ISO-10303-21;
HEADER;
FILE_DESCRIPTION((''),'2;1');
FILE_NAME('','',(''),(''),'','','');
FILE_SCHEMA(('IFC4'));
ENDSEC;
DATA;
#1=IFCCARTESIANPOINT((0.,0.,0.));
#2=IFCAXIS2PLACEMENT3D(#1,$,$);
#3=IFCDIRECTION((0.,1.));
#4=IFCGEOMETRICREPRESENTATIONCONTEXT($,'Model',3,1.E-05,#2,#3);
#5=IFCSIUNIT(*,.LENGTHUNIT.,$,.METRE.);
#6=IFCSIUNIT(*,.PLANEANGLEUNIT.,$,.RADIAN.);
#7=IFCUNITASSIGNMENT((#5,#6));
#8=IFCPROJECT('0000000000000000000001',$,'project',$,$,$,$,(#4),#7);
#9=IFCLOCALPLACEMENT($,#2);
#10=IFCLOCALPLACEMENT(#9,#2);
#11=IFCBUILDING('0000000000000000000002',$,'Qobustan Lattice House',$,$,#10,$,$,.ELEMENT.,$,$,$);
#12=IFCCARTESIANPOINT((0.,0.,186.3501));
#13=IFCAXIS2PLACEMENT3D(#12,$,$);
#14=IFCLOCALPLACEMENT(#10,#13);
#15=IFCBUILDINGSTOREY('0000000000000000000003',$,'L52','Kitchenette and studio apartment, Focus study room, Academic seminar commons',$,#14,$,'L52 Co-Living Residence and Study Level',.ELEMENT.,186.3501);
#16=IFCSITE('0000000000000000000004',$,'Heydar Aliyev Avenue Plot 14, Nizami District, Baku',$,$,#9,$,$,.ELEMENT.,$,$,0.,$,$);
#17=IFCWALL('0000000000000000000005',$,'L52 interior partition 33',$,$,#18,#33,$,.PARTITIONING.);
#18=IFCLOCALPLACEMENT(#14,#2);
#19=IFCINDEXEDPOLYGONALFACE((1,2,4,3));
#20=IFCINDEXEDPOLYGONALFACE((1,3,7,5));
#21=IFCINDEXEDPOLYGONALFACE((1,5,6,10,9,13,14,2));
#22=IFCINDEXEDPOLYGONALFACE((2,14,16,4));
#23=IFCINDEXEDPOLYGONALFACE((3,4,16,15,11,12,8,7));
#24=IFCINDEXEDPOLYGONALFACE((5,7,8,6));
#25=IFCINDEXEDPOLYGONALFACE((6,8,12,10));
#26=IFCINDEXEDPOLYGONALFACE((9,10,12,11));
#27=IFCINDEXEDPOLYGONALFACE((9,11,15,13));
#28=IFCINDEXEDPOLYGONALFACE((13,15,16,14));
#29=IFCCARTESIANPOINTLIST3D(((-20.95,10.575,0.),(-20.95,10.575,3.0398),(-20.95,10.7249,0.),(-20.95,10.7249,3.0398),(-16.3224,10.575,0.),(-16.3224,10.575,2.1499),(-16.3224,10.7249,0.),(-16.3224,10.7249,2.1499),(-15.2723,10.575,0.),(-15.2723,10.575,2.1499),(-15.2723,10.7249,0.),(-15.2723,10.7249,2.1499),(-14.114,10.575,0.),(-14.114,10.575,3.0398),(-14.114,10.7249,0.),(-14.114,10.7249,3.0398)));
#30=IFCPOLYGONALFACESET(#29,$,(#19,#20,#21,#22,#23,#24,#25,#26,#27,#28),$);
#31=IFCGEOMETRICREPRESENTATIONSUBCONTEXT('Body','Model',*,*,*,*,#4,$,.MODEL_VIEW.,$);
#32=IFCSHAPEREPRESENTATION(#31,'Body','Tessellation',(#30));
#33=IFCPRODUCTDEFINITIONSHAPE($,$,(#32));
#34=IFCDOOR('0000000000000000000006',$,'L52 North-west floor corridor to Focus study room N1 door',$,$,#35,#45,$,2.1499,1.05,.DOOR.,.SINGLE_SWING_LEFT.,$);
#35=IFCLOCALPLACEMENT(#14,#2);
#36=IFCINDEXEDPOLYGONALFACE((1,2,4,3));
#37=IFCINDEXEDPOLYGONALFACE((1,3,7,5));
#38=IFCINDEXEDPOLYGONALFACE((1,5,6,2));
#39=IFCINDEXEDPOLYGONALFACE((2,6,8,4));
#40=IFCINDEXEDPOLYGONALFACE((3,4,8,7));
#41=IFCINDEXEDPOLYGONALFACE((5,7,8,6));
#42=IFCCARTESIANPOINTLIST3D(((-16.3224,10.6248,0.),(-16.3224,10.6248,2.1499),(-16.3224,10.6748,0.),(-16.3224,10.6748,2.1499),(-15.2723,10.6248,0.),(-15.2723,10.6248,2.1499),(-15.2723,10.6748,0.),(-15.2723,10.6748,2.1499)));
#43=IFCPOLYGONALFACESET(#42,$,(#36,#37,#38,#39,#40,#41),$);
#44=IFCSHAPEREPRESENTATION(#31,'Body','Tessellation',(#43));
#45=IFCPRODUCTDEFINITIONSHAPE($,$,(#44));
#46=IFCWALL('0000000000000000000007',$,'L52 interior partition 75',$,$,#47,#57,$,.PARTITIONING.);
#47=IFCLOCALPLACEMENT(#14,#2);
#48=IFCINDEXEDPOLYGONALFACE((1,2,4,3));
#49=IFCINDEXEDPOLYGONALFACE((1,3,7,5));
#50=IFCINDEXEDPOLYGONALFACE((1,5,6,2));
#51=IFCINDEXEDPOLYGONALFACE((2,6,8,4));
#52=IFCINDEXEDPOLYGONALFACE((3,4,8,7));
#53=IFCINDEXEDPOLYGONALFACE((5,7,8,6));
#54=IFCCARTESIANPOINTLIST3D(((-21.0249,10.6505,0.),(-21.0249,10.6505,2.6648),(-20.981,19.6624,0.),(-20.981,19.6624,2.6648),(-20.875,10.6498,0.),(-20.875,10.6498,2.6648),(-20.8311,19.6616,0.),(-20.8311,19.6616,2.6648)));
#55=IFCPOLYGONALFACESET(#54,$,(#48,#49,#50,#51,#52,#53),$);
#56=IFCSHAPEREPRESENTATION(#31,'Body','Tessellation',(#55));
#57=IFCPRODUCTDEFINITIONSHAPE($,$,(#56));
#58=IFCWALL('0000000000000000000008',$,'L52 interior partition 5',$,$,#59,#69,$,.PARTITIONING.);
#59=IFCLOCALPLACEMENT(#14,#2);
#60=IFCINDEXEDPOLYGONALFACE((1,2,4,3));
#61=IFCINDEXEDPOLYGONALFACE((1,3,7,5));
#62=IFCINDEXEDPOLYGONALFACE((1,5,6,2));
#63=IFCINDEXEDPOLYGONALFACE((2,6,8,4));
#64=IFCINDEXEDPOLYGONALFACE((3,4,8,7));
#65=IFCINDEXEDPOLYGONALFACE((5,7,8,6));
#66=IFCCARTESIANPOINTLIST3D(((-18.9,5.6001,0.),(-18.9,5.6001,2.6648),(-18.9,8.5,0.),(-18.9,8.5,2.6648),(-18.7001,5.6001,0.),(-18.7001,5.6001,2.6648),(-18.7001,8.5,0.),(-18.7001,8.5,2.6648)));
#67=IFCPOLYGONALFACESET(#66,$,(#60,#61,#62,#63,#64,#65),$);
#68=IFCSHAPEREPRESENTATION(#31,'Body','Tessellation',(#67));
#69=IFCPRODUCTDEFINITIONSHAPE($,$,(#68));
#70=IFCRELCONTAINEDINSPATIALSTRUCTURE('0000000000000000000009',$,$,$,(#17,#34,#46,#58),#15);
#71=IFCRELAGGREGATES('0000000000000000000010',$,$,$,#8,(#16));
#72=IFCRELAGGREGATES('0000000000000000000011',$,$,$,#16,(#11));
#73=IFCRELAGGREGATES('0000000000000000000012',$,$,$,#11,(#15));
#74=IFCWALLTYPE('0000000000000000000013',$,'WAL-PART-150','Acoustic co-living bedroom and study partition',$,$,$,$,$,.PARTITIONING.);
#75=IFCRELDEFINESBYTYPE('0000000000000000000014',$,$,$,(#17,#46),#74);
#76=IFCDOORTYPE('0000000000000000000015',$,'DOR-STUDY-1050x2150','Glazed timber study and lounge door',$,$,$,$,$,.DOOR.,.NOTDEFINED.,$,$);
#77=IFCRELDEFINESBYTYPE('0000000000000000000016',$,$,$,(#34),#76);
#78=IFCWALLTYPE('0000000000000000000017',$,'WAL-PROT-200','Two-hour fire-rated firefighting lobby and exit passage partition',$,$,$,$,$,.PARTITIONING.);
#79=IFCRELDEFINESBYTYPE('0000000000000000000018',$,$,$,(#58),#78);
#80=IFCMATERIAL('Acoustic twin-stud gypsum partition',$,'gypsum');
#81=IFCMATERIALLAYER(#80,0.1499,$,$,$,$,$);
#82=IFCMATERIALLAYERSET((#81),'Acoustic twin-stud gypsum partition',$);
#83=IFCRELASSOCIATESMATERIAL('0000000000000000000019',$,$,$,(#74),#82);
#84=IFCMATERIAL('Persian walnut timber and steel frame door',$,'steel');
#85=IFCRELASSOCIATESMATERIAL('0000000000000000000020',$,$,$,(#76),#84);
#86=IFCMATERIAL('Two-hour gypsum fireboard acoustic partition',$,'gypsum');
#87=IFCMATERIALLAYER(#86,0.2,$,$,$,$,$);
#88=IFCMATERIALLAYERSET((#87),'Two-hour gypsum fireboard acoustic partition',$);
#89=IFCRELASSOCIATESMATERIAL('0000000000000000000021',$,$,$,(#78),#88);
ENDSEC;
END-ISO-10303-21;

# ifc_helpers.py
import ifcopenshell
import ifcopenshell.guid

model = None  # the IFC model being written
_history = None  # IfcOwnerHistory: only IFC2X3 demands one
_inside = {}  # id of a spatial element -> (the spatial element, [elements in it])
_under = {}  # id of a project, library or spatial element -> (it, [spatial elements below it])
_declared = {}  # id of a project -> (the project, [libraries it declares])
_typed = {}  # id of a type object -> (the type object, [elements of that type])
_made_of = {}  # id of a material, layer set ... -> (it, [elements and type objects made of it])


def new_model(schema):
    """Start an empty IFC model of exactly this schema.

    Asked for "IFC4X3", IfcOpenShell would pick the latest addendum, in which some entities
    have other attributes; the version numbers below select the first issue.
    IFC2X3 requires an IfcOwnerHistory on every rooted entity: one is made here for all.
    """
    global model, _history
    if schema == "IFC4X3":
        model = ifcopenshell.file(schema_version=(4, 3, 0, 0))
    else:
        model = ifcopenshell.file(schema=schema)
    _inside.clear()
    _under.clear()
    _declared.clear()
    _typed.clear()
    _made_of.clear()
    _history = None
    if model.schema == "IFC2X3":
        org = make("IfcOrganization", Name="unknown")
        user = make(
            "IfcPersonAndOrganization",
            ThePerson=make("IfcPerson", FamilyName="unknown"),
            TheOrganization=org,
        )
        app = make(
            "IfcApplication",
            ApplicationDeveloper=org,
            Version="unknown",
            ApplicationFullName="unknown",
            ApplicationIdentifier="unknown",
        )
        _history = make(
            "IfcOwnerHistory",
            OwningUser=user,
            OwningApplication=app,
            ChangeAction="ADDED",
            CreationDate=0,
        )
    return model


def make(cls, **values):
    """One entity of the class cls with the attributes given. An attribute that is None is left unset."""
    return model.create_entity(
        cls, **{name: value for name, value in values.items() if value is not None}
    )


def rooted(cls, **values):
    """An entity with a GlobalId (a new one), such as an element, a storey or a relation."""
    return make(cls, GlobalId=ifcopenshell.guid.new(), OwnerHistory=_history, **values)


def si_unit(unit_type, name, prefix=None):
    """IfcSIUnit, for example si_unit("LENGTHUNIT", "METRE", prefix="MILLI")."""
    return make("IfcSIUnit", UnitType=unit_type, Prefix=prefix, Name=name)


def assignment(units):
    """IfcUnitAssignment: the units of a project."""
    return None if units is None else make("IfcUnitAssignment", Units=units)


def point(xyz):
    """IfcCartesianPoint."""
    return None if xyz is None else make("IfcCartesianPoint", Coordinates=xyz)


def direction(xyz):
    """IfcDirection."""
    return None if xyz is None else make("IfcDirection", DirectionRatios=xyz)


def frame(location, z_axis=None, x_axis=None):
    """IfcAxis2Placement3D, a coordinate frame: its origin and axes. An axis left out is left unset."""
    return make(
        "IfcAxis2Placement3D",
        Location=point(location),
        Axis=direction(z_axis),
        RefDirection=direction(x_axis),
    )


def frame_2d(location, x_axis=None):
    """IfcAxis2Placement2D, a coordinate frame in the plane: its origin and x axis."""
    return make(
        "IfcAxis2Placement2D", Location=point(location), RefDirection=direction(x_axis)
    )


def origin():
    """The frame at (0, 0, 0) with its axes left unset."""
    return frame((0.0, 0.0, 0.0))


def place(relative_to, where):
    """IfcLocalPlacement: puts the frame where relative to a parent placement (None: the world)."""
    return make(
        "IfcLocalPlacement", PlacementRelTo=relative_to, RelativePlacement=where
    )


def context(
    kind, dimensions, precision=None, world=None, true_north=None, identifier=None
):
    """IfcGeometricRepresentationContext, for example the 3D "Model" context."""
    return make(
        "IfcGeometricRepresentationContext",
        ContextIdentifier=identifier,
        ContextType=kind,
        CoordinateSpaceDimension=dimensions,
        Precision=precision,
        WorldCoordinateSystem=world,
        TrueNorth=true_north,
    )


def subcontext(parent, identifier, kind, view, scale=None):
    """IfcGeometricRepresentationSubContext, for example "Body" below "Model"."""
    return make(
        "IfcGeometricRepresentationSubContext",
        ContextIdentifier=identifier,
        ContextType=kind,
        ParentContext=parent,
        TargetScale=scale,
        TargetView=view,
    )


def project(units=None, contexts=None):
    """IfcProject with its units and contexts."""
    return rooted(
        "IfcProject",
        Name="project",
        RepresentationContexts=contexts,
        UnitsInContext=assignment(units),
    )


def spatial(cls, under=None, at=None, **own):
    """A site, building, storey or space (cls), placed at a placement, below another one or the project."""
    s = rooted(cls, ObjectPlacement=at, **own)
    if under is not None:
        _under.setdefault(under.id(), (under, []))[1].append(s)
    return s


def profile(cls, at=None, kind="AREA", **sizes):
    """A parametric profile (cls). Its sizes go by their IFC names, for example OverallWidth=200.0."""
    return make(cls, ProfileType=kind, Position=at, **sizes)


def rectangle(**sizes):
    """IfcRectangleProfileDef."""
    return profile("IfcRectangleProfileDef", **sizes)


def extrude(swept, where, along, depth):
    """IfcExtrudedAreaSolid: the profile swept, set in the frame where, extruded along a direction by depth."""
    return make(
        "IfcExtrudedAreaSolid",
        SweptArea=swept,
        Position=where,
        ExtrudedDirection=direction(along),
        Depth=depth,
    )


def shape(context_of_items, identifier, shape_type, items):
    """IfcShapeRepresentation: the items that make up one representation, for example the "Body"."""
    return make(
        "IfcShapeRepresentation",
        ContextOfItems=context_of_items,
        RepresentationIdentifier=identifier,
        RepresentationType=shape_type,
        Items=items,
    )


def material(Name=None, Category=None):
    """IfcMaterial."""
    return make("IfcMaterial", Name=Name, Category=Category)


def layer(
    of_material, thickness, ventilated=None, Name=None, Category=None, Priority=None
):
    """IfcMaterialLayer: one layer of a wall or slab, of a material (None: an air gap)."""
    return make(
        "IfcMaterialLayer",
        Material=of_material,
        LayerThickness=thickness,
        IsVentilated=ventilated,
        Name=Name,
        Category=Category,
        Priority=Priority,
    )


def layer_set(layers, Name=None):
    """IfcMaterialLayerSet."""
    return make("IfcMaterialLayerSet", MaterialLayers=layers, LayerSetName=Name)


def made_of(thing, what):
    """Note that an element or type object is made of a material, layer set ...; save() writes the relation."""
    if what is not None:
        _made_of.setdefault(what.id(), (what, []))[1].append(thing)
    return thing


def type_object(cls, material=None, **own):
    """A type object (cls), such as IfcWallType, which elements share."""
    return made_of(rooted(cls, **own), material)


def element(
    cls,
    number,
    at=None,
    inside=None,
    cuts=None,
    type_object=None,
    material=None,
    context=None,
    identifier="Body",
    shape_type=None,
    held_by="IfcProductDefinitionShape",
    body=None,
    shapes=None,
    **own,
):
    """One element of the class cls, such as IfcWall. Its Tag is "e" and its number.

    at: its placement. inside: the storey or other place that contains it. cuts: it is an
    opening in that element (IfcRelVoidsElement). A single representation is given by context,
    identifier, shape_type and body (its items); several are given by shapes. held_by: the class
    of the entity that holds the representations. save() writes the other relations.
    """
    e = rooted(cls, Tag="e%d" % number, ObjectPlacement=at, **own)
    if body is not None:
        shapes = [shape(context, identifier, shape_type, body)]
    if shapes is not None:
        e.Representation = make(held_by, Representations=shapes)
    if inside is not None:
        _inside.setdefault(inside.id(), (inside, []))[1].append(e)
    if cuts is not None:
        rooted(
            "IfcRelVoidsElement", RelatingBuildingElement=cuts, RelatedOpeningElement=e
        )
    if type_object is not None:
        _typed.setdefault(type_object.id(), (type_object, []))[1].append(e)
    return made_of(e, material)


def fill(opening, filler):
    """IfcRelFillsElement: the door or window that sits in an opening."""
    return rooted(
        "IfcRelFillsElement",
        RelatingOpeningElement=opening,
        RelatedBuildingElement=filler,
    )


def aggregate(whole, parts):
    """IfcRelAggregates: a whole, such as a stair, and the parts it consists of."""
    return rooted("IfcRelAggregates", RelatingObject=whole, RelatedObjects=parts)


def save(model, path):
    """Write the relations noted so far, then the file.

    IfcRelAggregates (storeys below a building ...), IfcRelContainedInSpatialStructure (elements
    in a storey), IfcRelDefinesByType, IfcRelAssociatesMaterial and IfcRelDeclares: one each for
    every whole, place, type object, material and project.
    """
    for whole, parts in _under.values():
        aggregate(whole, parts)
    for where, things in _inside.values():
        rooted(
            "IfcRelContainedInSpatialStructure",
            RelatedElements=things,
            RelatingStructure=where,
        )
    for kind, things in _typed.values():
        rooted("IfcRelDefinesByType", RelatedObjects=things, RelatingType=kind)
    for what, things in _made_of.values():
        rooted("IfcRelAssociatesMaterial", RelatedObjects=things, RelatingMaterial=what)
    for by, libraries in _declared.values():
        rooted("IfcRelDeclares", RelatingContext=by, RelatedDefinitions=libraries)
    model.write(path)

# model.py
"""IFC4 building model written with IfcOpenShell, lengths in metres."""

from ifc_helpers import new_model, si_unit, direction, frame, frame_2d, origin, place, context, subcontext, project, spatial, rectangle, extrude, material, layer, layer_set, type_object, element, fill, save


model = new_model("IFC4")

# Units and contexts
model_context = context("Model", 3, precision=1e-05, world=origin(), true_north=direction((0.0, 1.0)))
body_context = subcontext(model_context, "Body", "Model", "MODEL_VIEW")
ifc_project = project(units=[si_unit("LENGTHUNIT", "METRE"), si_unit("PLANEANGLEUNIT", "RADIAN")], contexts=[model_context])

# Site, building, storey
site_placement = place(None, origin())
site = spatial("IfcSite", under=ifc_project, at=site_placement, Name="Heydar Aliyev Avenue Plot 14, Nizami District, Baku", CompositionType="ELEMENT", RefElevation=0.0)
building_placement = place(site_placement, origin())
building = spatial("IfcBuilding", under=site, at=building_placement, Name="Qobustan Lattice House", CompositionType="ELEMENT")
storey_placement = place(building_placement, frame((0.0, 0.0, 186.3501)))
storey = spatial("IfcBuildingStorey", under=building, at=storey_placement, Name="L52", Description="Kitchenette and studio apartment, Focus study room, Academic seminar commons", LongName="L52 Co-Living Residence and Study Level", CompositionType="ELEMENT", Elevation=186.3501)

# Wall, opening, door
ifc_material_1 = material(Name="Acoustic twin-stud gypsum partition", Category="gypsum")
ifc_layer_1 = layer(ifc_material_1, 0.1499)
ifc_layer_set_1 = layer_set([ifc_layer_1], Name="Acoustic twin-stud gypsum partition")
wall_type_1 = type_object("IfcWallType", Name="WAL-PART-150", Description="Acoustic co-living bedroom and study partition", PredefinedType="PARTITIONING", material=ifc_layer_set_1)
wall_1_placement = place(storey_placement, frame((-20.95, 10.6499, 0.0), z_axis=(0.0, 0.0, 1.0), x_axis=(1.0, 0.0, 0.0)))
wall_1 = element("IfcWall", 1, at=wall_1_placement, inside=storey, type_object=wall_type_1, Name="L52 interior partition 33", PredefinedType="PARTITIONING", context=body_context, shape_type="SweptSolid", body=[
    extrude(rectangle(XDim=6.8359, YDim=0.1499, at=frame_2d((3.418, 0.0))), origin(), (0.0, 0.0, 1.0), 3.0398),
])
opening_1_placement = place(wall_1_placement, frame((4.6277, 0.0, 0.0)))
opening_1 = element("IfcOpeningElement", 2, at=opening_1_placement, cuts=wall_1, PredefinedType="OPENING", context=body_context, shape_type="SweptSolid", body=[
    extrude(rectangle(XDim=1.05, YDim=2.1499, at=frame_2d((0.5249, 1.075))), frame((0.0, 0.085, 0.0), z_axis=(0.0, -1.0, 0.0), x_axis=(1.0, 0.0, 0.0)), (0.0, 0.0, 1.0), 0.1699),
])
ifc_material_2 = material(Name="Persian walnut timber and steel frame door", Category="steel")
door_type = type_object("IfcDoorType", Name="DOR-STUDY-1050x2150", Description="Glazed timber study and lounge door", OperationType="NOTDEFINED", PredefinedType="DOOR", material=ifc_material_2)
door_placement = place(opening_1_placement, origin())
door = element("IfcDoor", 3, at=door_placement, inside=storey, type_object=door_type, Name="L52 North-west floor corridor to Focus study room N1 door", OperationType="SINGLE_SWING_LEFT", OverallHeight=2.1499, OverallWidth=1.05, PredefinedType="DOOR", context=body_context, shape_type="SweptSolid", body=[
    extrude(rectangle(XDim=1.05, YDim=2.1499, at=frame_2d((0.5249, 1.075))), frame((0.0, 0.0249, 0.0), z_axis=(0.0, -1.0, 0.0), x_axis=(1.0, 0.0, 0.0)), (0.0, 0.0, 1.0), 0.05),
])
fill(opening_1, door)

# Walls
wall_2_placement = place(storey_placement, frame((-20.906, 19.6619, 0.0), z_axis=(0.0, 0.0, 1.0), x_axis=(-0.004876, -0.999988, 0.0)))
element("IfcWall", 4, at=wall_2_placement, inside=storey, type_object=wall_type_1, Name="L52 interior partition 75", PredefinedType="PARTITIONING", context=body_context, shape_type="SweptSolid", body=[
    extrude(rectangle(XDim=9.012, YDim=0.1499, at=frame_2d((4.5059, 0.0))), origin(), (0.0, 0.0, 1.0), 2.6648),
])
ifc_material_3 = material(Name="Two-hour gypsum fireboard acoustic partition", Category="gypsum")
ifc_layer_2 = layer(ifc_material_3, 0.2)
ifc_layer_set_2 = layer_set([ifc_layer_2], Name="Two-hour gypsum fireboard acoustic partition")
wall_type_2 = type_object("IfcWallType", Name="WAL-PROT-200", Description="Two-hour fire-rated firefighting lobby and exit passage partition", PredefinedType="PARTITIONING", material=ifc_layer_set_2)
wall_3_placement = place(storey_placement, frame((-18.8, 8.5, 0.0), z_axis=(0.0, 0.0, 1.0), x_axis=(0.0, -1.0, 0.0)))
element("IfcWall", 5, at=wall_3_placement, inside=storey, type_object=wall_type_2, Name="L52 interior partition 5", PredefinedType="PARTITIONING", context=body_context, shape_type="SweptSolid", body=[
    extrude(rectangle(XDim=2.8999, YDim=0.2, at=frame_2d((1.45, 0.0))), origin(), (0.0, 0.0, 1.0), 2.6648),
])

save(model, "model.ifc")
